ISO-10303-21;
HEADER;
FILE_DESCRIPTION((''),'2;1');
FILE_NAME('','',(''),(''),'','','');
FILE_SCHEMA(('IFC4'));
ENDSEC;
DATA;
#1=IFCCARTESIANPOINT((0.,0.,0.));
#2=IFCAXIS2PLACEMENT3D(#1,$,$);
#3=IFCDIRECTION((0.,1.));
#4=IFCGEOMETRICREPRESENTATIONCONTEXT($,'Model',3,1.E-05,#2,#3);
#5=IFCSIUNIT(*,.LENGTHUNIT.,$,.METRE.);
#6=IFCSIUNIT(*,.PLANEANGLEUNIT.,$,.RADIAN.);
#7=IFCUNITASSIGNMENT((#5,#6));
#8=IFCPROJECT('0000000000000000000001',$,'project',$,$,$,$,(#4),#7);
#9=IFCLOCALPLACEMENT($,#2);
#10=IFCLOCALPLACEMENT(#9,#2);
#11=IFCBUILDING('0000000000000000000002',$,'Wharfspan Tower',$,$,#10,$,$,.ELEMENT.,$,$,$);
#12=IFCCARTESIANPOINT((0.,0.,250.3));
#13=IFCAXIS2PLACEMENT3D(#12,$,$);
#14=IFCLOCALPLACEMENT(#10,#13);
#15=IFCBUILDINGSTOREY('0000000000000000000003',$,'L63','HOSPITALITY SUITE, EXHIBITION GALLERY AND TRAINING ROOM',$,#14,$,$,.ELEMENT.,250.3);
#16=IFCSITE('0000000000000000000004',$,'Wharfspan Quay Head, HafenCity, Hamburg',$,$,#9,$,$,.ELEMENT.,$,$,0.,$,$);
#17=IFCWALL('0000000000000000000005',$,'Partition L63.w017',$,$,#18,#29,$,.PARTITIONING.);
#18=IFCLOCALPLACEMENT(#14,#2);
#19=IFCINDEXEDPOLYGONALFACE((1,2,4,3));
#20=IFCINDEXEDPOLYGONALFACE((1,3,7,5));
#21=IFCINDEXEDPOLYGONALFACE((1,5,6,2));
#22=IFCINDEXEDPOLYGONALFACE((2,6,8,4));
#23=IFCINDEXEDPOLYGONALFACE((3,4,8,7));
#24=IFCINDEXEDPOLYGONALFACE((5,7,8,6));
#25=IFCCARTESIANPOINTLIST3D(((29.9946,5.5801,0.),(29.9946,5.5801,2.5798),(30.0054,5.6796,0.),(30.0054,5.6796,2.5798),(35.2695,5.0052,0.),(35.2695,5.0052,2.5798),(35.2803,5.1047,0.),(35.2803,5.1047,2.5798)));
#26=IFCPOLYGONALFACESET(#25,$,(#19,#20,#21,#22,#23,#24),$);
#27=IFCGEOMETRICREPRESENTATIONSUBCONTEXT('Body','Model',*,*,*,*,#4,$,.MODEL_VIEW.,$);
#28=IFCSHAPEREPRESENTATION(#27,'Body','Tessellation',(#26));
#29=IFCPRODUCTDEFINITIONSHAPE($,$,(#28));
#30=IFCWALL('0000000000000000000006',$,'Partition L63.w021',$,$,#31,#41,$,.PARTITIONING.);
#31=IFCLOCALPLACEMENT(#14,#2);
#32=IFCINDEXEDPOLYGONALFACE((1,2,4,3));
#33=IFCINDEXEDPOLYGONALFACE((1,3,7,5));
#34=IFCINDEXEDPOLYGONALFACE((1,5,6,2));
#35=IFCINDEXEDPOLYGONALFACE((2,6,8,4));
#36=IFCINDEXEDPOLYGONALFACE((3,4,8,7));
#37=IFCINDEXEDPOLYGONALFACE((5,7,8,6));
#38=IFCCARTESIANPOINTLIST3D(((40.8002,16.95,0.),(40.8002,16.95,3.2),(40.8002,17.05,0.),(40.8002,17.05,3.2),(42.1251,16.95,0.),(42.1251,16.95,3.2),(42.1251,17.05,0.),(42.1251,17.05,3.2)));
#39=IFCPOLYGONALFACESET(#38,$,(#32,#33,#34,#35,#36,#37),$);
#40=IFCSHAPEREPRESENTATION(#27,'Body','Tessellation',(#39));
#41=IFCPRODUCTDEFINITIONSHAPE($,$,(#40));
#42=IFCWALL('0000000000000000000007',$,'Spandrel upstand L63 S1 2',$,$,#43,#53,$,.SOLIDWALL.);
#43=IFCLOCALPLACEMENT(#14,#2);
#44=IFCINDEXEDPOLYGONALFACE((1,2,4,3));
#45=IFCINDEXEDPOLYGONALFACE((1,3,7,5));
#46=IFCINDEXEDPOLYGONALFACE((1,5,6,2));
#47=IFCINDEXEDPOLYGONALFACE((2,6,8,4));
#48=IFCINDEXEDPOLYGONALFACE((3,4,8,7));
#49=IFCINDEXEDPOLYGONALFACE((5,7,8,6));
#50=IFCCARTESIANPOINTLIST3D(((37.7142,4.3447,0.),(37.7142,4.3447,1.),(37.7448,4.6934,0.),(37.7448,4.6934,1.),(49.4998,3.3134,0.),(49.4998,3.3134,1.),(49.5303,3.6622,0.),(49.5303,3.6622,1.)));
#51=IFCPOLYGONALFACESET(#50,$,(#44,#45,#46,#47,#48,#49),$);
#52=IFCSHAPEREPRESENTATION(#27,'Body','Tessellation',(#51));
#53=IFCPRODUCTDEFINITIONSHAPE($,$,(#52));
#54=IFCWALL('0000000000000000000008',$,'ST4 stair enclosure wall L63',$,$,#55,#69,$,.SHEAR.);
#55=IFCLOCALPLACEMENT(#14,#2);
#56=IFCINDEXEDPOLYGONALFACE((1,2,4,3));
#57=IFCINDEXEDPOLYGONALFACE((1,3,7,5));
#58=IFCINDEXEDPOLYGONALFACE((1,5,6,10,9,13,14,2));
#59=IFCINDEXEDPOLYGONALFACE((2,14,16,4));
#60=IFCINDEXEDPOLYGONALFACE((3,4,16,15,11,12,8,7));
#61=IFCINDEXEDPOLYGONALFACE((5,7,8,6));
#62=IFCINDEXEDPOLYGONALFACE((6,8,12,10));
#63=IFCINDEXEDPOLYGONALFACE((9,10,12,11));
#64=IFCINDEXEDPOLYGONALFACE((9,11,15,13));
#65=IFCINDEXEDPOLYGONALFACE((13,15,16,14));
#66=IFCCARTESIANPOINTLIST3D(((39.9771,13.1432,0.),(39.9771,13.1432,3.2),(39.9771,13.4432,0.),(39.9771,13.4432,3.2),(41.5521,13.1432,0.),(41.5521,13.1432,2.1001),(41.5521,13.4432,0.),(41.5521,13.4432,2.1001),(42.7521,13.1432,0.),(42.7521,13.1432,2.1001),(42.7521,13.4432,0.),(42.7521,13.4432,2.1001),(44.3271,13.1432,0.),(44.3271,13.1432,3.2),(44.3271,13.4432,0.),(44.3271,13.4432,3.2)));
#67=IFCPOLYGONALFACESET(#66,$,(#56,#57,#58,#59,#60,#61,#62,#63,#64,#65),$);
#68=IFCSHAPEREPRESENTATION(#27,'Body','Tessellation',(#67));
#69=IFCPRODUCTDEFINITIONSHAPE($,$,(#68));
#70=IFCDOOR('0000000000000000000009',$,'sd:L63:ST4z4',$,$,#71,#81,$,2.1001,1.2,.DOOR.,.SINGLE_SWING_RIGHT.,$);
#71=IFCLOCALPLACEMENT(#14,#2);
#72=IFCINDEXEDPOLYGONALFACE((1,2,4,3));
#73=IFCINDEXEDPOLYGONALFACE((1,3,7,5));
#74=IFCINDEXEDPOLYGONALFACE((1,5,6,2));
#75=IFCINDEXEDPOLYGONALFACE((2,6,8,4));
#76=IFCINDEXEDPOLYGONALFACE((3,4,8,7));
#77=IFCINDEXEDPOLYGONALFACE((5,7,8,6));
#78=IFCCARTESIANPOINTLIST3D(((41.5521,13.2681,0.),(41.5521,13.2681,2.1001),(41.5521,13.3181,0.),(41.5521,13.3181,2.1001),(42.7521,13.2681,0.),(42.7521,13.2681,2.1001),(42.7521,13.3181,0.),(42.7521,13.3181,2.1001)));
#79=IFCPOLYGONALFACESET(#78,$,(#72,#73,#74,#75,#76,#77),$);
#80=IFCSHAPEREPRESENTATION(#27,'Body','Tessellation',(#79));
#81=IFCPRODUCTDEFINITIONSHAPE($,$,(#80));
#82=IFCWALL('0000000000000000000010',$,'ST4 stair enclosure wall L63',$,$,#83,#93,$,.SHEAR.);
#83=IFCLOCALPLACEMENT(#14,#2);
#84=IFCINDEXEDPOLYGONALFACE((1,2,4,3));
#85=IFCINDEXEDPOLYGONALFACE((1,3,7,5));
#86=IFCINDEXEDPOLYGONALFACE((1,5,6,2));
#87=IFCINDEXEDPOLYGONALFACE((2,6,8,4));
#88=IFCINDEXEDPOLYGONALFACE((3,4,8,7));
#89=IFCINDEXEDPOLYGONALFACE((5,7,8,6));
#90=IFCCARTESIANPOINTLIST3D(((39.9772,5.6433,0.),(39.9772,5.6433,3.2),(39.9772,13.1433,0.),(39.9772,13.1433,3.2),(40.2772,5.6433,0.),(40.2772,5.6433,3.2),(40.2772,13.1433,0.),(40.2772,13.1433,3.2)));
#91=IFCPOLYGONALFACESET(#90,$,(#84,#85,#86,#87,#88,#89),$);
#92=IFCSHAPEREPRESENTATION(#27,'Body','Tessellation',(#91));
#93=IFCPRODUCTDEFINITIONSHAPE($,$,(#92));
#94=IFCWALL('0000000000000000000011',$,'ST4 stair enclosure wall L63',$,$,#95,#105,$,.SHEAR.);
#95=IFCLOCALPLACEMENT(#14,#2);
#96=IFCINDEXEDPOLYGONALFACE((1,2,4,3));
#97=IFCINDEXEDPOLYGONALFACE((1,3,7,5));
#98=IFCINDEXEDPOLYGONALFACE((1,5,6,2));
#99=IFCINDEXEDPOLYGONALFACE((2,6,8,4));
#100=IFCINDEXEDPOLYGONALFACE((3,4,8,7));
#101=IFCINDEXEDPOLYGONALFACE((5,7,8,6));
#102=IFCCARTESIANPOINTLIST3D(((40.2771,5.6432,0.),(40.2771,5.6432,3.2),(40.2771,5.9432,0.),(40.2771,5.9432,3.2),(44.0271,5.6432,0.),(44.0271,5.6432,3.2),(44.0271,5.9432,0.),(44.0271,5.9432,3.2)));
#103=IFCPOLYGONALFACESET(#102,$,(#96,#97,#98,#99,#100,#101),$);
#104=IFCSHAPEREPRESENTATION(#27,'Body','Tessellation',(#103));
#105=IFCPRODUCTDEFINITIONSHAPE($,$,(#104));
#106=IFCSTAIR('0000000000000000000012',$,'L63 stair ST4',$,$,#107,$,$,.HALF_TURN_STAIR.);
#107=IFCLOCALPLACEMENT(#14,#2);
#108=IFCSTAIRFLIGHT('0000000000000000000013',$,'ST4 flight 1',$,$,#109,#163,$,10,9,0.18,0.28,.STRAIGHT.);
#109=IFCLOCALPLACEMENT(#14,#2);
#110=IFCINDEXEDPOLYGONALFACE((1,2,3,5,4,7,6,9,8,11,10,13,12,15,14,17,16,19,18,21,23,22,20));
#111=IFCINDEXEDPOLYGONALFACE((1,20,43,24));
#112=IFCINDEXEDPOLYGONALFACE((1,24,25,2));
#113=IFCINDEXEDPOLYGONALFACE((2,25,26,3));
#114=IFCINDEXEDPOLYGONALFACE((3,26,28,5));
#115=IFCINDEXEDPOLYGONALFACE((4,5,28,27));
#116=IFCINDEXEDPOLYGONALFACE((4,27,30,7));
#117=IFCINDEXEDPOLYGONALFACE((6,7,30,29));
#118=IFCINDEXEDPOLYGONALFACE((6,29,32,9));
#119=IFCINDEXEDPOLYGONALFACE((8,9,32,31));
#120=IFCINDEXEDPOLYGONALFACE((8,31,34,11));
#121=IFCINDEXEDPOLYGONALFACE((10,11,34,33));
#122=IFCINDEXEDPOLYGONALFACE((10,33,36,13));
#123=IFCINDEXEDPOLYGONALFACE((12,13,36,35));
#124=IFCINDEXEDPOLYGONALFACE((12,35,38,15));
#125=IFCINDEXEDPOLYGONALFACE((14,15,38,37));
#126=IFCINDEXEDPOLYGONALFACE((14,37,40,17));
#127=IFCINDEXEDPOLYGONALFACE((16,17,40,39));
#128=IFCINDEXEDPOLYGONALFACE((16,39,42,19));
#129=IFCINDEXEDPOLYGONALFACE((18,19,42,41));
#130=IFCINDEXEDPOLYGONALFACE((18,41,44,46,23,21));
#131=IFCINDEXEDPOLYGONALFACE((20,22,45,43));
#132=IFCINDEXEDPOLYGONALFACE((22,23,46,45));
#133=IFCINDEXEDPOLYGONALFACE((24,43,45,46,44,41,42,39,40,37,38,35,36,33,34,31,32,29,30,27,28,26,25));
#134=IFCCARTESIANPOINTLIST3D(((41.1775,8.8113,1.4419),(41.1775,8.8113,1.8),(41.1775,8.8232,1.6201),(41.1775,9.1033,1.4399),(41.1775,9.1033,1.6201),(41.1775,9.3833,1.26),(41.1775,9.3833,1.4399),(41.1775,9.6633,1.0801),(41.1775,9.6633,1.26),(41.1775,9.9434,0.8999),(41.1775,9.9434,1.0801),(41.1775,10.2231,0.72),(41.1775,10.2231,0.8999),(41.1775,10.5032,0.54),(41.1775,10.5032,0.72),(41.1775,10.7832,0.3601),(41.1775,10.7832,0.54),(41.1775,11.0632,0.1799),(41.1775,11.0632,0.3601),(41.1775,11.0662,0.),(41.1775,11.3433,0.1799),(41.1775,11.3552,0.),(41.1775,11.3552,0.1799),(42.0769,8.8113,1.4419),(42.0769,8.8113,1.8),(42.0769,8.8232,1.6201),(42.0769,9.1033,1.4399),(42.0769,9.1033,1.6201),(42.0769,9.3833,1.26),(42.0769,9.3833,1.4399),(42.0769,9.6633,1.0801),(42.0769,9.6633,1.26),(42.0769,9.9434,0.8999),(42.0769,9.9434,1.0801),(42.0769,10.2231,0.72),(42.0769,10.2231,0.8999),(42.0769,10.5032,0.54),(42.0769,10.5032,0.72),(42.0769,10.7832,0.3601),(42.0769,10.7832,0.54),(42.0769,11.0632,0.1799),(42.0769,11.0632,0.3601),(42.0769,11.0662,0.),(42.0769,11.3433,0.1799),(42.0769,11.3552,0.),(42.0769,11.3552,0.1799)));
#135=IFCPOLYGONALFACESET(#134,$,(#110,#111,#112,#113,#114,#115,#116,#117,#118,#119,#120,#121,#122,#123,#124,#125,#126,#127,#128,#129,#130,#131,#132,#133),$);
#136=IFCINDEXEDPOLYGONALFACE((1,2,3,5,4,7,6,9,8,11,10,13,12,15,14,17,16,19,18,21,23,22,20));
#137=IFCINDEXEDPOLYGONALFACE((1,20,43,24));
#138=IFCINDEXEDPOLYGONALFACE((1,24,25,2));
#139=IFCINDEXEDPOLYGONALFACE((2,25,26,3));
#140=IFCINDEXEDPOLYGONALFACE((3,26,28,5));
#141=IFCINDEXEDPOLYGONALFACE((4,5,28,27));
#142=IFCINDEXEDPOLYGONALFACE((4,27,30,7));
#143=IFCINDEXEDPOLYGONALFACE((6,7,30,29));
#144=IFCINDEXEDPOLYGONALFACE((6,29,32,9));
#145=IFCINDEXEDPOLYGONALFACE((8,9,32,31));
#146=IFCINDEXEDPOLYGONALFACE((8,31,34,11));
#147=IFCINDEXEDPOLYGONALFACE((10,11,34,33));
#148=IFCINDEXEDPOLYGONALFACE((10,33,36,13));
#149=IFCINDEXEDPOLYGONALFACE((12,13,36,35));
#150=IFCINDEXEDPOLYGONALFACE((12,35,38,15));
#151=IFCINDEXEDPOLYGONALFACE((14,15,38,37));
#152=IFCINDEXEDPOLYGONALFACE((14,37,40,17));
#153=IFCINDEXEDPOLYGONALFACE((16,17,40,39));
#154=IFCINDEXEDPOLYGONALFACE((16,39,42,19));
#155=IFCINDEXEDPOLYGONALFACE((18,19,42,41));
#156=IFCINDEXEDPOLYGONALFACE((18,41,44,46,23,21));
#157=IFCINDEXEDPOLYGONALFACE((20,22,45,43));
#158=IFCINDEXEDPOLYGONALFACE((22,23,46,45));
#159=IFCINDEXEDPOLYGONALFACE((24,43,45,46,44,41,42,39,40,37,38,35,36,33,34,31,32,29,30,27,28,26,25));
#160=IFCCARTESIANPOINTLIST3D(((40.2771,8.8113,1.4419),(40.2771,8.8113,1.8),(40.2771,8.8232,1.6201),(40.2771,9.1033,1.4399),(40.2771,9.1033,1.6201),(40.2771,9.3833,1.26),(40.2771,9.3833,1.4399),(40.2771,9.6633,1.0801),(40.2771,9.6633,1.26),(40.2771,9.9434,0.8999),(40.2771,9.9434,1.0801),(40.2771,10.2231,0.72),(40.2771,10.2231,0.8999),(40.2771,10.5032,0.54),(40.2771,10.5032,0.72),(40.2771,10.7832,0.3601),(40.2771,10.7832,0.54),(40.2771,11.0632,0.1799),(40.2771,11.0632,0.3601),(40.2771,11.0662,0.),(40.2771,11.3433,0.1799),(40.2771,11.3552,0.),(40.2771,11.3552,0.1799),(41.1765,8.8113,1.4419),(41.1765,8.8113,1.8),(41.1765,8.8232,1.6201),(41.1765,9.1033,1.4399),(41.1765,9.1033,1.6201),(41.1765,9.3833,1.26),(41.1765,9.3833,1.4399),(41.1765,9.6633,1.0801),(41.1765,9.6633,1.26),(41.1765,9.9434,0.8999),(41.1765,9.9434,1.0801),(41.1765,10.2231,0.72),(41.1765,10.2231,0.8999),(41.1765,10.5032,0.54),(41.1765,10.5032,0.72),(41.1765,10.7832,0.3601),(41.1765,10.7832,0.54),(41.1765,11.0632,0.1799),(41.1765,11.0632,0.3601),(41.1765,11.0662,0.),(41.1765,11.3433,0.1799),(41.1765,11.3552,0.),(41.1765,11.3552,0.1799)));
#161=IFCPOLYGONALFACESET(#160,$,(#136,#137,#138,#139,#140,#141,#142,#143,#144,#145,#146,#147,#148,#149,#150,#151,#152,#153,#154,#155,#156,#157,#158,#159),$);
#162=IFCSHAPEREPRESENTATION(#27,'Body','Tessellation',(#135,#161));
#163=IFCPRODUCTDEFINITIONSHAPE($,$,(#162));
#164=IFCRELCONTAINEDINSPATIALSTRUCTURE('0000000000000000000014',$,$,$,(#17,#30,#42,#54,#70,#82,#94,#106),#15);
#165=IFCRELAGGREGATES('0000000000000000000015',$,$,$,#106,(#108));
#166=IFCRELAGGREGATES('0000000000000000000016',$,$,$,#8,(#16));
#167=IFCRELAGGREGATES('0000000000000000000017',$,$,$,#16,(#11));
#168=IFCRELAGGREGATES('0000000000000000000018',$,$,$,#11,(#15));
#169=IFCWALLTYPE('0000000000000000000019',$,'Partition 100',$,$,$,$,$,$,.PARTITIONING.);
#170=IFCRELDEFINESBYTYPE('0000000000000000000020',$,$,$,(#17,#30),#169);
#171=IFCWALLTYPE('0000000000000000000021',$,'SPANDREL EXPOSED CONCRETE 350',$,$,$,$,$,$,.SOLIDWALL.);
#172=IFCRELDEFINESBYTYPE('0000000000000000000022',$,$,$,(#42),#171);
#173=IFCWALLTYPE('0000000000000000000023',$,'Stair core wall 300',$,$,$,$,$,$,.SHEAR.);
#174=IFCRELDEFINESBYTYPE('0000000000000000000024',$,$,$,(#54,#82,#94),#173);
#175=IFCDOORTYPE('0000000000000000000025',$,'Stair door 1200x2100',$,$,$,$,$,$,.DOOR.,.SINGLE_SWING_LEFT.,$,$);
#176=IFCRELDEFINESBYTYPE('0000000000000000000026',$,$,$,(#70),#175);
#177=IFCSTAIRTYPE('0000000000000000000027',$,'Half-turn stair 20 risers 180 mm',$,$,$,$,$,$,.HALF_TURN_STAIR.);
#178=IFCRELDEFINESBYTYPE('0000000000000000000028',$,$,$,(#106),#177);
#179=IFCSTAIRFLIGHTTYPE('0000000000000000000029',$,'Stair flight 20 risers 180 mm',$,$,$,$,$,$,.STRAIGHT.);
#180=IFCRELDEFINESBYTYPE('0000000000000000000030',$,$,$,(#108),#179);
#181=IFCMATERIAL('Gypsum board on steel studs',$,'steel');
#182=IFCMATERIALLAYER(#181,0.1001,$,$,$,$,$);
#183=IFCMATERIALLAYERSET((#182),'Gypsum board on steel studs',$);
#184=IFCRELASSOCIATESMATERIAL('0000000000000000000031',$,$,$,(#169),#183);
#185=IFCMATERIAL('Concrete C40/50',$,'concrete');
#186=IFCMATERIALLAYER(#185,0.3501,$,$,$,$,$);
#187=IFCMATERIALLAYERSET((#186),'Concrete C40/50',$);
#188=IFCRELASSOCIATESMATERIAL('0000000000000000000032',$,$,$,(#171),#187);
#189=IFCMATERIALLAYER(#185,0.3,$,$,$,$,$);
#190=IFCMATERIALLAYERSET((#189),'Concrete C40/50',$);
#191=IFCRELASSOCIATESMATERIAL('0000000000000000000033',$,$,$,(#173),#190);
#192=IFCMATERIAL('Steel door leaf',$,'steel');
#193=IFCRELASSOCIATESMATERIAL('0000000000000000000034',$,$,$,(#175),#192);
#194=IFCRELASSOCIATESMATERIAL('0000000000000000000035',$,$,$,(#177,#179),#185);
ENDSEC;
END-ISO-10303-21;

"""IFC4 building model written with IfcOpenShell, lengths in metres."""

from ifc_helpers import new_model, si_unit, direction, frame, frame_2d, origin, place, context, subcontext, project, spatial, polyline, rectangle, outline, extrude, material, layer, layer_set, type_object, element, fill, aggregate, save


model = new_model("IFC4")

# Units and contexts
model_context = context("Model", 3, precision=1e-05, world=origin(), true_north=direction((0.0, 1.0)))
body_context = subcontext(model_context, "Body", "Model", "MODEL_VIEW")
ifc_project = project(units=[si_unit("LENGTHUNIT", "METRE"), si_unit("PLANEANGLEUNIT", "RADIAN")], contexts=[model_context])

# Site, building, storey
site_placement = place(None, origin())
site = spatial("IfcSite", under=ifc_project, at=site_placement, Name="Wharfspan Quay Head, HafenCity, Hamburg", CompositionType="ELEMENT", RefElevation=0.0)
building_placement = place(site_placement, origin())
building = spatial("IfcBuilding", under=site, at=building_placement, Name="Wharfspan Tower", CompositionType="ELEMENT")
storey_placement = place(building_placement, frame((0.0, 0.0, 250.3)))
storey = spatial("IfcBuildingStorey", under=building, at=storey_placement, Name="L63", Description="HOSPITALITY SUITE, EXHIBITION GALLERY AND TRAINING ROOM", CompositionType="ELEMENT", Elevation=250.3)

# Shared definitions
ifc_material_1 = material(Name="Gypsum board on steel studs", Category="steel")

# Walls
ifc_layer_1 = layer(ifc_material_1, 0.1001)
ifc_layer_set_1 = layer_set([ifc_layer_1], Name="Gypsum board on steel studs")
wall_type_1 = type_object("IfcWallType", Name="Partition 100", PredefinedType="PARTITIONING", material=ifc_layer_set_1)
wall_1_placement = place(storey_placement, frame((35.2749, 5.0549, 0.0), z_axis=(0.0, 0.0, 1.0), x_axis=(-0.994115, 0.108356, 0.0)))
element("IfcWall", 1, at=wall_1_placement, inside=storey, type_object=wall_type_1, Name="Partition L63.w017", PredefinedType="PARTITIONING", context=body_context, shape_type="SweptSolid", body=[
    extrude(rectangle(XDim=5.3062, YDim=0.1001, at=frame_2d((2.6531, 0.0))), origin(), (0.0, 0.0, 1.0), 2.5798),
])
wall_2_placement = place(storey_placement, frame((40.8, 17.0, 0.0), z_axis=(0.0, 0.0, 1.0), x_axis=(1.0, 0.0, 0.0)))
element("IfcWall", 2, at=wall_2_placement, inside=storey, type_object=wall_type_1, Name="Partition L63.w021", PredefinedType="PARTITIONING", context=body_context, shape_type="SweptSolid", body=[
    extrude(rectangle(XDim=1.325, YDim=0.1001, at=frame_2d((0.6626, 0.0))), origin(), (0.0, 0.0, 1.0), 3.2),
])
ifc_material_2 = material(Name="Concrete C40/50", Category="concrete")
ifc_layer_2 = layer(ifc_material_2, 0.3501)
ifc_layer_set_2 = layer_set([ifc_layer_2], Name="Concrete C40/50")
wall_type_2 = type_object("IfcWallType", Name="SPANDREL EXPOSED CONCRETE 350", PredefinedType="SOLIDWALL", material=ifc_layer_set_2)
wall_3_placement = place(storey_placement, frame((37.7295, 4.519, 0.0), z_axis=(0.0, 0.0, 1.0), x_axis=(0.99619, -0.087167, 0.0)))
element("IfcWall", 3, at=wall_3_placement, inside=storey, type_object=wall_type_2, Name="Spandrel upstand L63 S1 2", PredefinedType="SOLIDWALL", context=body_context, shape_type="SweptSolid", body=[
    extrude(rectangle(XDim=11.8306, YDim=0.3501, at=frame_2d((5.9153, 0.0))), origin(), (0.0, 0.0, 1.0), 1.0),
])

# Wall, opening, door
ifc_layer_3 = layer(ifc_material_2, 0.3)
ifc_layer_set_3 = layer_set([ifc_layer_3], Name="Concrete C40/50")
wall_type_3 = type_object("IfcWallType", Name="Stair core wall 300", PredefinedType="SHEAR", material=ifc_layer_set_3)
wall_4_placement = place(storey_placement, frame((39.9771, 13.2932, 0.0), z_axis=(0.0, 0.0, 1.0), x_axis=(1.0, 0.0, 0.0)))
wall_4 = element("IfcWall", 4, at=wall_4_placement, inside=storey, type_object=wall_type_3, Name="ST4 stair enclosure wall L63", PredefinedType="SHEAR", context=body_context, shape_type="SweptSolid", body=[
    extrude(rectangle(XDim=4.3501, YDim=0.3, at=frame_2d((2.175, 0.0))), origin(), (0.0, 0.0, 1.0), 3.2),
])
opening_1_placement = place(wall_4_placement, frame((1.575, 0.0, 0.0)))
opening_1 = element("IfcOpeningElement", 5, at=opening_1_placement, cuts=wall_4, PredefinedType="OPENING", context=body_context, shape_type="SweptSolid", body=[
    extrude(rectangle(XDim=1.2, YDim=2.1001, at=frame_2d((0.6001, 1.05))), frame((0.0, 0.1599, 0.0), z_axis=(0.0, -1.0, 0.0), x_axis=(1.0, 0.0, 0.0)), (0.0, 0.0, 1.0), 0.3201),
])
ifc_material_3 = material(Name="Steel door leaf", Category="steel")
door_type_1 = type_object("IfcDoorType", Name="Stair door 1200x2100", OperationType="SINGLE_SWING_LEFT", PredefinedType="DOOR", material=ifc_material_3)
door_1_placement = place(opening_1_placement, origin())
door_1 = element("IfcDoor", 6, at=door_1_placement, inside=storey, type_object=door_type_1, Name="sd:L63:ST4z4", OperationType="SINGLE_SWING_RIGHT", OverallHeight=2.1001, OverallWidth=1.2, PredefinedType="DOOR", context=body_context, shape_type="SweptSolid", body=[
    extrude(rectangle(XDim=1.2, YDim=2.1001, at=frame_2d((0.6001, 1.05))), frame((0.0, 0.0249, 0.0), z_axis=(0.0, -1.0, 0.0), x_axis=(1.0, 0.0, 0.0)), (0.0, 0.0, 1.0), 0.05),
])
fill(opening_1, door_1)

# Walls
wall_5_placement = place(storey_placement, frame((40.1272, 5.6433, 0.0), z_axis=(0.0, 0.0, 1.0), x_axis=(0.0, 1.0, 0.0)))
element("IfcWall", 7, at=wall_5_placement, inside=storey, type_object=wall_type_3, Name="ST4 stair enclosure wall L63", PredefinedType="SHEAR", context=body_context, shape_type="SweptSolid", body=[
    extrude(rectangle(XDim=7.5, YDim=0.3, at=frame_2d((3.75, 0.0))), origin(), (0.0, 0.0, 1.0), 3.2),
])
wall_6_placement = place(storey_placement, frame((40.2771, 5.7932, 0.0), z_axis=(0.0, 0.0, 1.0), x_axis=(1.0, 0.0, 0.0)))
element("IfcWall", 8, at=wall_6_placement, inside=storey, type_object=wall_type_3, Name="ST4 stair enclosure wall L63", PredefinedType="SHEAR", context=body_context, shape_type="SweptSolid", body=[
    extrude(rectangle(XDim=3.75, YDim=0.3, at=frame_2d((1.875, 0.0))), origin(), (0.0, 0.0, 1.0), 3.2),
])

# Stair, stair flight
stair_type = type_object("IfcStairType", Name="Half-turn stair 20 risers 180 mm", PredefinedType="HALF_TURN_STAIR", material=ifc_material_2)
stair_placement = place(storey_placement, origin())
stair = element("IfcStair", 9, at=stair_placement, inside=storey, type_object=stair_type, Name="L63 stair ST4", PredefinedType="HALF_TURN_STAIR")
stair_flight_type = type_object("IfcStairFlightType", Name="Stair flight 20 risers 180 mm", PredefinedType="STRAIGHT", material=ifc_material_2)
stair_flight_1_placement = place(storey_placement, frame((41.177, 11.3433, 0.0), z_axis=(0.0, 0.0, 1.0), x_axis=(0.0, -1.0, 0.0)))
stair_flight_1 = element("IfcStairFlight", 10, at=stair_flight_1_placement, type_object=stair_flight_type, Name="ST4 flight 1", NumberOfRisers=10, NumberOfTreads=9, PredefinedType="STRAIGHT", RiserHeight=0.18, TreadLength=0.28, context=body_context, shape_type="SweptSolid", body=[
    extrude(outline(polyline([(-0.012, 0.0), (-0.012, 0.1799), (0.0, 0.1799), (0.28, 0.1799), (0.28, 0.3601), (0.5601, 0.3601), (0.5601, 0.54), (0.8401, 0.54), (0.8401, 0.72), (1.1201, 0.72), (1.1201, 0.8999), (1.3999, 0.8999), (1.3999, 1.0801), (1.6799, 1.0801), (1.6799, 1.26), (1.96, 1.26), (1.96, 1.4399), (2.24, 1.4399), (2.24, 1.6201), (2.52, 1.6201), (2.532, 1.8), (2.532, 1.4419), (0.2771, 0.0), (-0.012, 0.0)])), frame((0.0, 0.8999, 0.0), z_axis=(0.0, -1.0, 0.0), x_axis=(1.0, 0.0, 0.0)), (0.0, 0.0, 1.0), 0.8994),
    extrude(outline(polyline([(-0.012, 0.0), (-0.012, 0.1799), (0.0, 0.1799), (0.28, 0.1799), (0.28, 0.3601), (0.5601, 0.3601), (0.5601, 0.54), (0.8401, 0.54), (0.8401, 0.72), (1.1201, 0.72), (1.1201, 0.8999), (1.3999, 0.8999), (1.3999, 1.0801), (1.6799, 1.0801), (1.6799, 1.26), (1.96, 1.26), (1.96, 1.4399), (2.24, 1.4399), (2.24, 1.6201), (2.52, 1.6201), (2.532, 1.8), (2.532, 1.4419), (0.2771, 0.0), (-0.012, 0.0)])), frame((0.0, -0.0005, 0.0), z_axis=(0.0, -1.0, 0.0), x_axis=(1.0, 0.0, 0.0)), (0.0, 0.0, 1.0), 0.8994),
])
aggregate(stair, [stair_flight_1])

save(model, "model.ifc")
